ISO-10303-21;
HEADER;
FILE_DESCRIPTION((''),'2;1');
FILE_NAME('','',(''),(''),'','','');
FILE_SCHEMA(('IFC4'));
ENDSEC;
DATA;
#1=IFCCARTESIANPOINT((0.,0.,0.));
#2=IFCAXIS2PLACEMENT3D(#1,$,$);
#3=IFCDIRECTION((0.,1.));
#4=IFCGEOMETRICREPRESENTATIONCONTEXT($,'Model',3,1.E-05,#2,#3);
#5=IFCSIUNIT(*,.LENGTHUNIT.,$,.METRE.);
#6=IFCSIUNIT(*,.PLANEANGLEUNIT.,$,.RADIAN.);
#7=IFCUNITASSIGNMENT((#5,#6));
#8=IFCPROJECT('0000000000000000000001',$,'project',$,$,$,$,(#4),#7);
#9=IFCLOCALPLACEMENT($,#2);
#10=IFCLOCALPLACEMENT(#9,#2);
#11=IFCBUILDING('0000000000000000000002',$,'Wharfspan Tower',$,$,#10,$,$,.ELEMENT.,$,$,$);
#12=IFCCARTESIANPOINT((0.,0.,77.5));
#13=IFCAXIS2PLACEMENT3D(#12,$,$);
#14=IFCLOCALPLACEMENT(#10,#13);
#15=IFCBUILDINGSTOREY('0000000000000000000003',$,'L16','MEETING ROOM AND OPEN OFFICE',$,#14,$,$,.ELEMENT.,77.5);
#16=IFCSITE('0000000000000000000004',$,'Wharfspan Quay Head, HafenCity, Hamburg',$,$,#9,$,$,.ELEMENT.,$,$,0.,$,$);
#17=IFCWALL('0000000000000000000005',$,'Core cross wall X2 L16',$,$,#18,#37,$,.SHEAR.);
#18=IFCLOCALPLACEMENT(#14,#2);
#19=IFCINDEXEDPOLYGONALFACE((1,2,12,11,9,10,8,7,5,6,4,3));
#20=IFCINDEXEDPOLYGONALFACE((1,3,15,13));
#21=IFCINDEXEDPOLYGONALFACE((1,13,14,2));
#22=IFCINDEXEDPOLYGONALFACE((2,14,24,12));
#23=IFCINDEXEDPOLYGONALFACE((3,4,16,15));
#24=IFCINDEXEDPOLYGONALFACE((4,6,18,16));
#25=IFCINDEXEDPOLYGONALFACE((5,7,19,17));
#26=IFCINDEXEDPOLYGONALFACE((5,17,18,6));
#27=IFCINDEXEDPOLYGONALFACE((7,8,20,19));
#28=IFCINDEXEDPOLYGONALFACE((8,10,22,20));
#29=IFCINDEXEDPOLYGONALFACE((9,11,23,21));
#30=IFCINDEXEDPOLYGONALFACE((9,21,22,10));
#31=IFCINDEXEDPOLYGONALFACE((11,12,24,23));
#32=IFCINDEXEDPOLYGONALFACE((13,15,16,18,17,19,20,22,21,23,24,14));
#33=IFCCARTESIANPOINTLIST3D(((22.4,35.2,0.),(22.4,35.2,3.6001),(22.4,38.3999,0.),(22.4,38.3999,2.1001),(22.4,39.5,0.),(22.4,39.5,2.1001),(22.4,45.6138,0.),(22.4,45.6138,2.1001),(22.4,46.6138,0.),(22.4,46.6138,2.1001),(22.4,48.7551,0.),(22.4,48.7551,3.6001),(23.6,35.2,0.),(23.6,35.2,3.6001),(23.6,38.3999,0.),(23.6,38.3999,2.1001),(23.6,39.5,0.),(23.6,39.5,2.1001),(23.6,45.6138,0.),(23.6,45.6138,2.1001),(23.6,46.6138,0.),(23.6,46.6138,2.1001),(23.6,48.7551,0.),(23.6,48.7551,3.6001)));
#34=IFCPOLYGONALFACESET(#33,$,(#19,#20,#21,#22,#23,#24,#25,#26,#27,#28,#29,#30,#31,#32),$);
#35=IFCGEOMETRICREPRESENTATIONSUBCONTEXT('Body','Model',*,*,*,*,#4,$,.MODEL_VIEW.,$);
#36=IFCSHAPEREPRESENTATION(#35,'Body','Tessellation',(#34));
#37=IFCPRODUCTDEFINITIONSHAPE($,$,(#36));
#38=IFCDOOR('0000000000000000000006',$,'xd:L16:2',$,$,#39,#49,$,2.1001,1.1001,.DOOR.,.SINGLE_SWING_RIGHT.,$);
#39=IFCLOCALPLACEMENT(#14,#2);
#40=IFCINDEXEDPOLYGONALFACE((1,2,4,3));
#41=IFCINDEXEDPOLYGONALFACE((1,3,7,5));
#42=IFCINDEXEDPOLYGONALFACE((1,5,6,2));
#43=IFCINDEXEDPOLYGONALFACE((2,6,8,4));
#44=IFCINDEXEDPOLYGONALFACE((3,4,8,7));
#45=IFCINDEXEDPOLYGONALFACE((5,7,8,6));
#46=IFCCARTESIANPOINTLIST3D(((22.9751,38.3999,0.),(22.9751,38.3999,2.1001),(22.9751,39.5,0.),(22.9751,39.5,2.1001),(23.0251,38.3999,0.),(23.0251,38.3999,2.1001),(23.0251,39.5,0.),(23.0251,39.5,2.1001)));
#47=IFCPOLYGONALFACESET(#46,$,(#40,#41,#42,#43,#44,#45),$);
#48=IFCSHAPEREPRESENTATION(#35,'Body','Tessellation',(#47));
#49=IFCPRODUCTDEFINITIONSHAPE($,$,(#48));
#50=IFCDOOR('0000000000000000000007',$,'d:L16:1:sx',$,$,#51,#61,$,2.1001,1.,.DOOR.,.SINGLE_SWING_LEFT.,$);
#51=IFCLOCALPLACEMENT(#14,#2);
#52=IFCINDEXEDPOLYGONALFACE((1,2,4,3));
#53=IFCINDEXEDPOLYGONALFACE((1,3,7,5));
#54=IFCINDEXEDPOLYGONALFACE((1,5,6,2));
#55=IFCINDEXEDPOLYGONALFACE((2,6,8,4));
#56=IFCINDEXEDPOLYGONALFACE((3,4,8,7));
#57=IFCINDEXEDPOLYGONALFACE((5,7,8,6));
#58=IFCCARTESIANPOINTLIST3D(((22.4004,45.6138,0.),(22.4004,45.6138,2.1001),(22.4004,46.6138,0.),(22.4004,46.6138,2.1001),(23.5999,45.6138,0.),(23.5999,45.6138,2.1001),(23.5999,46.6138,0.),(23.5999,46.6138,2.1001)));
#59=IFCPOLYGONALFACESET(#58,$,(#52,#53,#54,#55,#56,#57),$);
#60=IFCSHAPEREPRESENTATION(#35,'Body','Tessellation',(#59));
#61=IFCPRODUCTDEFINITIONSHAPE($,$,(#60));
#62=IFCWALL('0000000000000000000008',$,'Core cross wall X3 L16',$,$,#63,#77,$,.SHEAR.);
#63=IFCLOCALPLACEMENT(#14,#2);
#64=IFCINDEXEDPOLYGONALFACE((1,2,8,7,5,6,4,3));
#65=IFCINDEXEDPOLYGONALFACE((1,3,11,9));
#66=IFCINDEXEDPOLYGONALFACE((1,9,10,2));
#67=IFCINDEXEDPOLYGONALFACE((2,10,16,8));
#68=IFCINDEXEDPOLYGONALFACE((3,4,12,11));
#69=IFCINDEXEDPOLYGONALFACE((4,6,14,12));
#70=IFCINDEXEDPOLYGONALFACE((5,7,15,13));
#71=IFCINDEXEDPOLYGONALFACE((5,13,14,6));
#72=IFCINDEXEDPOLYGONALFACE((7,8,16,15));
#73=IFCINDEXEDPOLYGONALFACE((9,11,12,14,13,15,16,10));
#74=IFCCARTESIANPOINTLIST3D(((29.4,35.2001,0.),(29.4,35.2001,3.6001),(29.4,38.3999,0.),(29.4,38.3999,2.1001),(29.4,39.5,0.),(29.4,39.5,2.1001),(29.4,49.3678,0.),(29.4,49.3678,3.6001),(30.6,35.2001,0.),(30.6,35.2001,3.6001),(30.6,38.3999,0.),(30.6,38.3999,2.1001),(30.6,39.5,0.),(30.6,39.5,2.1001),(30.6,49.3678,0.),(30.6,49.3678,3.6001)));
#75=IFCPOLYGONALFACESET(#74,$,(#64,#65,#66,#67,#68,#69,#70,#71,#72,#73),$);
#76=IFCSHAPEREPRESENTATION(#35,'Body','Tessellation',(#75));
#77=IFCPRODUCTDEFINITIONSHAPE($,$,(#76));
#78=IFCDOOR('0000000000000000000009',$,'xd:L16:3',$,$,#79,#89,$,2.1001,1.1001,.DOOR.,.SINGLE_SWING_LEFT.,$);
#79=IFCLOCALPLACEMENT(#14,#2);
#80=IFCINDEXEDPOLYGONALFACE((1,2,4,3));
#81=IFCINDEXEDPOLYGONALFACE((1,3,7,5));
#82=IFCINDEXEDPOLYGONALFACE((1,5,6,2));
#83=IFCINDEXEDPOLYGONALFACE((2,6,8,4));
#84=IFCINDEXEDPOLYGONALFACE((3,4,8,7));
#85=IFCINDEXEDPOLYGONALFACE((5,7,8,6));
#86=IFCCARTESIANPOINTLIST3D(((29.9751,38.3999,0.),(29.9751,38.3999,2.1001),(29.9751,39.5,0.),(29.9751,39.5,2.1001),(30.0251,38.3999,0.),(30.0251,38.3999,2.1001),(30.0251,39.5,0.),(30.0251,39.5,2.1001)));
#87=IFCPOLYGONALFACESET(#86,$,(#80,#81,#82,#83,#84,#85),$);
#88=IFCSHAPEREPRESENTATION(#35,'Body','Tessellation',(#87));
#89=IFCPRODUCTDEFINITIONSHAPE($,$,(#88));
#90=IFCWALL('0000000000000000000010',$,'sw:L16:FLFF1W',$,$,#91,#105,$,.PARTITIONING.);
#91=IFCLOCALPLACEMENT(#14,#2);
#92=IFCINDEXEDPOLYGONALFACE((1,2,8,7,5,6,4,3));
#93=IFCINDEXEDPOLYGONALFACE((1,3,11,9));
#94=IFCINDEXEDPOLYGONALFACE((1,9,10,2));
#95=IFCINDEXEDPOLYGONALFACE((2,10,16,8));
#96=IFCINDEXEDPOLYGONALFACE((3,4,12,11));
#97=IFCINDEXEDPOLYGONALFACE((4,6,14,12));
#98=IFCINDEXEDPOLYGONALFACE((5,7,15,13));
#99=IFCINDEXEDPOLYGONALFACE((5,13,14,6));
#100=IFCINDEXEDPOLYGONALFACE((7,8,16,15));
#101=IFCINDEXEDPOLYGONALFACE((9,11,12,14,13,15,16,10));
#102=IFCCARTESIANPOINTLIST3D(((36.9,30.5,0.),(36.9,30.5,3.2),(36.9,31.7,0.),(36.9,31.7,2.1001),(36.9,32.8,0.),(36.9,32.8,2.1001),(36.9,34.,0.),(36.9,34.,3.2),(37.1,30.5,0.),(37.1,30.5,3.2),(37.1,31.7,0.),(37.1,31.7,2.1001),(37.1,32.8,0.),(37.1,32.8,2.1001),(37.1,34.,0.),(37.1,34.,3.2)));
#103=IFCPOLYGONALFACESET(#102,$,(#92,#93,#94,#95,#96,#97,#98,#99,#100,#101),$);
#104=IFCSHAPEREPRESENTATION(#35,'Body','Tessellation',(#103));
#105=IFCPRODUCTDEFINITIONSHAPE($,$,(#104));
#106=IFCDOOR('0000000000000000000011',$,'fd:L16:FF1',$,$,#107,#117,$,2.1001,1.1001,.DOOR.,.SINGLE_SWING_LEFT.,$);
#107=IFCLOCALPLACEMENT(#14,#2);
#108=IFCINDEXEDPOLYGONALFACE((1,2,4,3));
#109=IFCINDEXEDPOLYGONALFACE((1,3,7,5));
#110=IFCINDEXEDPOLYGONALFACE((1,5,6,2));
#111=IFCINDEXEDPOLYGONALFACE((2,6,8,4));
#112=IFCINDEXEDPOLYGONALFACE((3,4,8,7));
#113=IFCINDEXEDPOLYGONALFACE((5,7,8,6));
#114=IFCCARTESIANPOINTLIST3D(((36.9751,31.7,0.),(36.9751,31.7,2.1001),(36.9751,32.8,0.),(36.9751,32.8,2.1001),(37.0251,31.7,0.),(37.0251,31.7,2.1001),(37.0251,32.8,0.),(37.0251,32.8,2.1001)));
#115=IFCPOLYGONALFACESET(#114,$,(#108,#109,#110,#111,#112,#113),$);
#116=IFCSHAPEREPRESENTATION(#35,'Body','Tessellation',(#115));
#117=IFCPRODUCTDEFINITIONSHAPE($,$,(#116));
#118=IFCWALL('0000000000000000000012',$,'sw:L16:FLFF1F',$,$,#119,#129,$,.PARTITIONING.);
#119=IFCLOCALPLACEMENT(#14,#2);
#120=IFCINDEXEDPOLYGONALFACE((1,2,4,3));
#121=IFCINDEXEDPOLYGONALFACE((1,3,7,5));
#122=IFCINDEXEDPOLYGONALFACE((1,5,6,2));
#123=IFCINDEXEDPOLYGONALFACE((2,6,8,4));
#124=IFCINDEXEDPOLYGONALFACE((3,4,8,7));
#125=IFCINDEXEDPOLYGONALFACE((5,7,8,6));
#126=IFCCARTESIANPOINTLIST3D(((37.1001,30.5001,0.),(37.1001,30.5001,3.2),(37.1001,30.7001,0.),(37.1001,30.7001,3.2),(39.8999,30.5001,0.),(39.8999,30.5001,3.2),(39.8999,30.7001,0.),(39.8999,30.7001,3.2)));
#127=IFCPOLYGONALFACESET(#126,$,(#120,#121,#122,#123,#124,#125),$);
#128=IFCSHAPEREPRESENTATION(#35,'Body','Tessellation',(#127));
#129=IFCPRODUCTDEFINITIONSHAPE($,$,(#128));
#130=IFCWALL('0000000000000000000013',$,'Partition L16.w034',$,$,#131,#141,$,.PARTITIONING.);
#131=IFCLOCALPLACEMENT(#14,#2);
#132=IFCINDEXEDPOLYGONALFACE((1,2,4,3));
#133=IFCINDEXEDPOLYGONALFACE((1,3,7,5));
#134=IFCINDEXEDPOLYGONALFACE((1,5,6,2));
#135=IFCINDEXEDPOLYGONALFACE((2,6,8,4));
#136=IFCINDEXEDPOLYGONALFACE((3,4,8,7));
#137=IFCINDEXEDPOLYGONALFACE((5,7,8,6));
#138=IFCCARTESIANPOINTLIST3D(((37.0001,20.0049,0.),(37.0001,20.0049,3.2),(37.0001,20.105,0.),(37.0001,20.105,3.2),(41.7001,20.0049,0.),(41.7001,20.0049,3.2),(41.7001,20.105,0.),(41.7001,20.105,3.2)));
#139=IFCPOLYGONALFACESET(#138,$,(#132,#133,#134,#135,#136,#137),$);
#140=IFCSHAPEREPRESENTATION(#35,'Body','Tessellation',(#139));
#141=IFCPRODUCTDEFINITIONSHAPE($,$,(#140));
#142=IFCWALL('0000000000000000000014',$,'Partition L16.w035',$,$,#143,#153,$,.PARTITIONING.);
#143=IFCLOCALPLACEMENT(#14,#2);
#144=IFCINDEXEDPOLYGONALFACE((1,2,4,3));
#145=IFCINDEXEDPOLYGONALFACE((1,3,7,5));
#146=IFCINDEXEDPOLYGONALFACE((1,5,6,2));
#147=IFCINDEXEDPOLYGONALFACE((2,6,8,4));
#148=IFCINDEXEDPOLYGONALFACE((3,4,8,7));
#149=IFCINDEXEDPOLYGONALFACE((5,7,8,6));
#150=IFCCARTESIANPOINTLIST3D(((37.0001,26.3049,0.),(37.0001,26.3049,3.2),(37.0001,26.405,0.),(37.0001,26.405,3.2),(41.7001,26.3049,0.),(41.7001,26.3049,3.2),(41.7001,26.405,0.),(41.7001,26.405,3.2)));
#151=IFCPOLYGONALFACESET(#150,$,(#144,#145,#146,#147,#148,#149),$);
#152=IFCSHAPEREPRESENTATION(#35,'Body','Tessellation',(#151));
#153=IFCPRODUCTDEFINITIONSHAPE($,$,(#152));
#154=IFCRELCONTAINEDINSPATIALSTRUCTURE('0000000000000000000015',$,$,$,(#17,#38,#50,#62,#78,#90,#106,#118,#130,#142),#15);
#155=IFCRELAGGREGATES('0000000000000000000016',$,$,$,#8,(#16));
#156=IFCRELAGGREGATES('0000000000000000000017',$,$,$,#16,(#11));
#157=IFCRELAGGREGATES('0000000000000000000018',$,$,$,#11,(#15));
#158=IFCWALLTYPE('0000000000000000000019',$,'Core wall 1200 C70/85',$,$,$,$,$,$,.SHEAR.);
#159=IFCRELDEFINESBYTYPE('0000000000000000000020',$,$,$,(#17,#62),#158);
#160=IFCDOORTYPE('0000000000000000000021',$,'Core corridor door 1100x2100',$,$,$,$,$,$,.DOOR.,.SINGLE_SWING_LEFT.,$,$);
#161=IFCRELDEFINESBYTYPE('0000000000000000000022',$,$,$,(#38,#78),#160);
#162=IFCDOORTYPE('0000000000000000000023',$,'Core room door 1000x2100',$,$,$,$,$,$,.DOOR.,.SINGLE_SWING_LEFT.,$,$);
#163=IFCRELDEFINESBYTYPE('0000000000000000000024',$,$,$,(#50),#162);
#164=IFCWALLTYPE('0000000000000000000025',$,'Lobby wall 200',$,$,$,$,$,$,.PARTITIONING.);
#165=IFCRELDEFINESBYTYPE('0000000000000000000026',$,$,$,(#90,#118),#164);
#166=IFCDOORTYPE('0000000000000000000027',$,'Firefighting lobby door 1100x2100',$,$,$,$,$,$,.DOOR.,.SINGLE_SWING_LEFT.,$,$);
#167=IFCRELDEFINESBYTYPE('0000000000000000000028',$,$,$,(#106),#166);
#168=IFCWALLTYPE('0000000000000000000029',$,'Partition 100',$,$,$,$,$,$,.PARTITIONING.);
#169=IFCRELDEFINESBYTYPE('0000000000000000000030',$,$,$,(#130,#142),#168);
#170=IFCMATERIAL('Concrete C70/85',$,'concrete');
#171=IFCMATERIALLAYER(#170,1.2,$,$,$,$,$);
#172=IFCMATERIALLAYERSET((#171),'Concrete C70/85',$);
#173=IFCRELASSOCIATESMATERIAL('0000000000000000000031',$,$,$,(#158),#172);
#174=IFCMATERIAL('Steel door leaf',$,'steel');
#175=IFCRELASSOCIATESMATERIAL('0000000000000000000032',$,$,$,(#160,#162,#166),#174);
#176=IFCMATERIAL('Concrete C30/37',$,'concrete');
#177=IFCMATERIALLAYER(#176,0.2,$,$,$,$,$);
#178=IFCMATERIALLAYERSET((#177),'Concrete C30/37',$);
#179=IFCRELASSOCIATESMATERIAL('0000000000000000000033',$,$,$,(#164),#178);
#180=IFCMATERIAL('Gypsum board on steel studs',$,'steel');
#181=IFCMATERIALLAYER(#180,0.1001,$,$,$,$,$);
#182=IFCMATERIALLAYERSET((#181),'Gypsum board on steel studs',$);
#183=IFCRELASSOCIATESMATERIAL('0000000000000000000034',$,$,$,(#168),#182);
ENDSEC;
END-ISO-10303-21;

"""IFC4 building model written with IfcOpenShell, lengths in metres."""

from ifc_helpers import new_model, si_unit, direction, frame, frame_2d, origin, place, context, subcontext, project, spatial, rectangle, extrude, material, layer, layer_set, type_object, element, fill, save


model = new_model("IFC4")

# Units and contexts
model_context = context("Model", 3, precision=1e-05, world=origin(), true_north=direction((0.0, 1.0)))
body_context = subcontext(model_context, "Body", "Model", "MODEL_VIEW")
ifc_project = project(units=[si_unit("LENGTHUNIT", "METRE"), si_unit("PLANEANGLEUNIT", "RADIAN")], contexts=[model_context])

# Site, building, storey
site_placement = place(None, origin())
site = spatial("IfcSite", under=ifc_project, at=site_placement, Name="Wharfspan Quay Head, HafenCity, Hamburg", CompositionType="ELEMENT", RefElevation=0.0)
building_placement = place(site_placement, origin())
building = spatial("IfcBuilding", under=site, at=building_placement, Name="Wharfspan Tower", CompositionType="ELEMENT")
storey_placement = place(building_placement, frame((0.0, 0.0, 77.5)))
storey = spatial("IfcBuildingStorey", under=building, at=storey_placement, Name="L16", Description="MEETING ROOM AND OPEN OFFICE", CompositionType="ELEMENT", Elevation=77.5)

# Shared definitions
ifc_material_1 = material(Name="Gypsum board on steel studs", Category="steel")

# Wall, openings, doors
ifc_material_2 = material(Name="Concrete C70/85", Category="concrete")
ifc_layer_1 = layer(ifc_material_2, 1.2)
ifc_layer_set_1 = layer_set([ifc_layer_1], Name="Concrete C70/85")
wall_type_1 = type_object("IfcWallType", Name="Core wall 1200 C70/85", PredefinedType="SHEAR", material=ifc_layer_set_1)
wall_1_placement = place(storey_placement, frame((23.0, 35.2, 0.0), z_axis=(0.0, 0.0, 1.0), x_axis=(0.0, 1.0, 0.0)))
wall_1 = element("IfcWall", 1, at=wall_1_placement, inside=storey, type_object=wall_type_1, Name="Core cross wall X2 L16", PredefinedType="SHEAR", context=body_context, shape_type="SweptSolid", body=[
    extrude(rectangle(XDim=13.5552, YDim=1.2, at=frame_2d((6.7776, 0.0))), origin(), (0.0, 0.0, 1.0), 3.6001),
])
opening_1_placement = place(wall_1_placement, frame((10.4138, 0.0, 0.0)))
opening_1 = element("IfcOpeningElement", 2, at=opening_1_placement, cuts=wall_1, PredefinedType="OPENING", context=body_context, shape_type="SweptSolid", body=[
    extrude(rectangle(XDim=1.0, YDim=2.1001, at=frame_2d((0.5, 1.05))), frame((0.0, 0.6099, 0.0), z_axis=(0.0, -1.0, 0.0), x_axis=(1.0, 0.0, 0.0)), (0.0, 0.0, 1.0), 1.22),
])
opening_2_placement = place(wall_1_placement, frame((3.2, 0.0, 0.0)))
opening_2 = element("IfcOpeningElement", 3, at=opening_2_placement, cuts=wall_1, PredefinedType="OPENING", context=body_context, shape_type="SweptSolid", body=[
    extrude(rectangle(XDim=1.1001, YDim=2.1001, at=frame_2d((0.55, 1.05))), frame((0.0, 0.6099, 0.0), z_axis=(0.0, -1.0, 0.0), x_axis=(1.0, 0.0, 0.0)), (0.0, 0.0, 1.0), 1.22),
])
ifc_material_3 = material(Name="Steel door leaf", Category="steel")
door_type_1 = type_object("IfcDoorType", Name="Core corridor door 1100x2100", OperationType="SINGLE_SWING_LEFT", PredefinedType="DOOR", material=ifc_material_3)
door_1_placement = place(opening_2_placement, origin())
door_1 = element("IfcDoor", 4, at=door_1_placement, inside=storey, type_object=door_type_1, Name="xd:L16:2", OperationType="SINGLE_SWING_RIGHT", OverallHeight=2.1001, OverallWidth=1.1001, PredefinedType="DOOR", context=body_context, shape_type="SweptSolid", body=[
    extrude(rectangle(XDim=1.1001, YDim=2.1001, at=frame_2d((0.55, 1.05))), frame((0.0, 0.0249, 0.0), z_axis=(0.0, -1.0, 0.0), x_axis=(1.0, 0.0, 0.0)), (0.0, 0.0, 1.0), 0.05),
])
fill(opening_2, door_1)
door_type_2 = type_object("IfcDoorType", Name="Core room door 1000x2100", OperationType="SINGLE_SWING_LEFT", PredefinedType="DOOR", material=ifc_material_3)
door_2_placement = place(opening_1_placement, origin())
door_2 = element("IfcDoor", 5, at=door_2_placement, inside=storey, type_object=door_type_2, Name="d:L16:1:sx", OperationType="SINGLE_SWING_LEFT", OverallHeight=2.1001, OverallWidth=1.0, PredefinedType="DOOR", context=body_context, shape_type="SweptSolid", body=[
    extrude(rectangle(XDim=1.0, YDim=2.1001, at=frame_2d((0.5, 1.05))), frame((0.0, 0.5996, 0.0), z_axis=(0.0, -1.0, 0.0), x_axis=(1.0, 0.0, 0.0)), (0.0, 0.0, 1.0), 1.1995),
])
fill(opening_1, door_2)

# Walls, openings, doors
wall_2_placement = place(storey_placement, frame((30.0, 35.2, 0.0), z_axis=(0.0, 0.0, 1.0), x_axis=(0.0, 1.0, 0.0)))
wall_2 = element("IfcWall", 6, at=wall_2_placement, inside=storey, type_object=wall_type_1, Name="Core cross wall X3 L16", PredefinedType="SHEAR", context=body_context, shape_type="SweptSolid", body=[
    extrude(rectangle(XDim=14.1677, YDim=1.2, at=frame_2d((7.084, 0.0))), origin(), (0.0, 0.0, 1.0), 3.6001),
])
opening_3_placement = place(wall_2_placement, frame((3.2, 0.0, 0.0)))
opening_3 = element("IfcOpeningElement", 7, at=opening_3_placement, cuts=wall_2, PredefinedType="OPENING", context=body_context, shape_type="SweptSolid", body=[
    extrude(rectangle(XDim=1.1001, YDim=2.1001, at=frame_2d((0.55, 1.05))), frame((0.0, 0.6099, 0.0), z_axis=(0.0, -1.0, 0.0), x_axis=(1.0, 0.0, 0.0)), (0.0, 0.0, 1.0), 1.22),
])
door_3_placement = place(opening_3_placement, origin())
door_3 = element("IfcDoor", 8, at=door_3_placement, inside=storey, type_object=door_type_1, Name="xd:L16:3", OperationType="SINGLE_SWING_LEFT", OverallHeight=2.1001, OverallWidth=1.1001, PredefinedType="DOOR", context=body_context, shape_type="SweptSolid", body=[
    extrude(rectangle(XDim=1.1001, YDim=2.1001, at=frame_2d((0.55, 1.05))), frame((0.0, 0.0249, 0.0), z_axis=(0.0, -1.0, 0.0), x_axis=(1.0, 0.0, 0.0)), (0.0, 0.0, 1.0), 0.05),
])
fill(opening_3, door_3)
ifc_material_4 = material(Name="Concrete C30/37", Category="concrete")
ifc_layer_2 = layer(ifc_material_4, 0.2)
ifc_layer_set_2 = layer_set([ifc_layer_2], Name="Concrete C30/37")
wall_type_2 = type_object("IfcWallType", Name="Lobby wall 200", PredefinedType="PARTITIONING", material=ifc_layer_set_2)
wall_3_placement = place(storey_placement, frame((37.0, 30.5, 0.0), z_axis=(0.0, 0.0, 1.0), x_axis=(0.0, 1.0, 0.0)))
wall_3 = element("IfcWall", 9, at=wall_3_placement, inside=storey, type_object=wall_type_2, Name="sw:L16:FLFF1W", PredefinedType="PARTITIONING", context=body_context, shape_type="SweptSolid", body=[
    extrude(rectangle(XDim=3.5, YDim=0.2, at=frame_2d((1.75, 0.0))), origin(), (0.0, 0.0, 1.0), 3.2),
])
opening_4_placement = place(wall_3_placement, frame((1.2, 0.0, 0.0)))
opening_4 = element("IfcOpeningElement", 10, at=opening_4_placement, cuts=wall_3, PredefinedType="OPENING", context=body_context, shape_type="SweptSolid", body=[
    extrude(rectangle(XDim=1.1001, YDim=2.1001, at=frame_2d((0.55, 1.05))), frame((0.0, 0.1099, 0.0), z_axis=(0.0, -1.0, 0.0), x_axis=(1.0, 0.0, 0.0)), (0.0, 0.0, 1.0), 0.22),
])
door_type_3 = type_object("IfcDoorType", Name="Firefighting lobby door 1100x2100", OperationType="SINGLE_SWING_LEFT", PredefinedType="DOOR", material=ifc_material_3)
door_4_placement = place(opening_4_placement, origin())
door_4 = element("IfcDoor", 11, at=door_4_placement, inside=storey, type_object=door_type_3, Name="fd:L16:FF1", OperationType="SINGLE_SWING_LEFT", OverallHeight=2.1001, OverallWidth=1.1001, PredefinedType="DOOR", context=body_context, shape_type="SweptSolid", body=[
    extrude(rectangle(XDim=1.1001, YDim=2.1001, at=frame_2d((0.55, 1.05))), frame((0.0, 0.0249, 0.0), z_axis=(0.0, -1.0, 0.0), x_axis=(1.0, 0.0, 0.0)), (0.0, 0.0, 1.0), 0.05),
])
fill(opening_4, door_4)

# Walls
wall_4_placement = place(storey_placement, frame((37.1001, 30.6001, 0.0), z_axis=(0.0, 0.0, 1.0), x_axis=(1.0, 0.0, 0.0)))
element("IfcWall", 12, at=wall_4_placement, inside=storey, type_object=wall_type_2, Name="sw:L16:FLFF1F", PredefinedType="PARTITIONING", context=body_context, shape_type="SweptSolid", body=[
    extrude(rectangle(XDim=2.7998, YDim=0.2, at=frame_2d((1.3999, 0.0))), origin(), (0.0, 0.0, 1.0), 3.2),
])
ifc_layer_3 = layer(ifc_material_1, 0.1001)
ifc_layer_set_3 = layer_set([ifc_layer_3], Name="Gypsum board on steel studs")
wall_type_3 = type_object("IfcWallType", Name="Partition 100", PredefinedType="PARTITIONING", material=ifc_layer_set_3)
for number, where, z_axis, x_axis, name in (
    (13, (37.0, 20.0549, 0.0), (0.0, 0.0, 1.0), (1.0, 0.0, 0.0), "Partition L16.w034"),
    (14, (37.0, 26.355, 0.0), (0.0, 0.0, 1.0), (1.0, 0.0, 0.0), "Partition L16.w035"),
):
    element("IfcWall", number, at=place(storey_placement, frame(where, z_axis=z_axis, x_axis=x_axis)), inside=storey, type_object=wall_type_3, Name=name, PredefinedType="PARTITIONING", context=body_context, shape_type="SweptSolid", body=[
        extrude(rectangle(XDim=4.7, YDim=0.1001, at=frame_2d((2.3501, 0.0))), origin(), (0.0, 0.0, 1.0), 3.2),
    ])

save(model, "model.ifc")
